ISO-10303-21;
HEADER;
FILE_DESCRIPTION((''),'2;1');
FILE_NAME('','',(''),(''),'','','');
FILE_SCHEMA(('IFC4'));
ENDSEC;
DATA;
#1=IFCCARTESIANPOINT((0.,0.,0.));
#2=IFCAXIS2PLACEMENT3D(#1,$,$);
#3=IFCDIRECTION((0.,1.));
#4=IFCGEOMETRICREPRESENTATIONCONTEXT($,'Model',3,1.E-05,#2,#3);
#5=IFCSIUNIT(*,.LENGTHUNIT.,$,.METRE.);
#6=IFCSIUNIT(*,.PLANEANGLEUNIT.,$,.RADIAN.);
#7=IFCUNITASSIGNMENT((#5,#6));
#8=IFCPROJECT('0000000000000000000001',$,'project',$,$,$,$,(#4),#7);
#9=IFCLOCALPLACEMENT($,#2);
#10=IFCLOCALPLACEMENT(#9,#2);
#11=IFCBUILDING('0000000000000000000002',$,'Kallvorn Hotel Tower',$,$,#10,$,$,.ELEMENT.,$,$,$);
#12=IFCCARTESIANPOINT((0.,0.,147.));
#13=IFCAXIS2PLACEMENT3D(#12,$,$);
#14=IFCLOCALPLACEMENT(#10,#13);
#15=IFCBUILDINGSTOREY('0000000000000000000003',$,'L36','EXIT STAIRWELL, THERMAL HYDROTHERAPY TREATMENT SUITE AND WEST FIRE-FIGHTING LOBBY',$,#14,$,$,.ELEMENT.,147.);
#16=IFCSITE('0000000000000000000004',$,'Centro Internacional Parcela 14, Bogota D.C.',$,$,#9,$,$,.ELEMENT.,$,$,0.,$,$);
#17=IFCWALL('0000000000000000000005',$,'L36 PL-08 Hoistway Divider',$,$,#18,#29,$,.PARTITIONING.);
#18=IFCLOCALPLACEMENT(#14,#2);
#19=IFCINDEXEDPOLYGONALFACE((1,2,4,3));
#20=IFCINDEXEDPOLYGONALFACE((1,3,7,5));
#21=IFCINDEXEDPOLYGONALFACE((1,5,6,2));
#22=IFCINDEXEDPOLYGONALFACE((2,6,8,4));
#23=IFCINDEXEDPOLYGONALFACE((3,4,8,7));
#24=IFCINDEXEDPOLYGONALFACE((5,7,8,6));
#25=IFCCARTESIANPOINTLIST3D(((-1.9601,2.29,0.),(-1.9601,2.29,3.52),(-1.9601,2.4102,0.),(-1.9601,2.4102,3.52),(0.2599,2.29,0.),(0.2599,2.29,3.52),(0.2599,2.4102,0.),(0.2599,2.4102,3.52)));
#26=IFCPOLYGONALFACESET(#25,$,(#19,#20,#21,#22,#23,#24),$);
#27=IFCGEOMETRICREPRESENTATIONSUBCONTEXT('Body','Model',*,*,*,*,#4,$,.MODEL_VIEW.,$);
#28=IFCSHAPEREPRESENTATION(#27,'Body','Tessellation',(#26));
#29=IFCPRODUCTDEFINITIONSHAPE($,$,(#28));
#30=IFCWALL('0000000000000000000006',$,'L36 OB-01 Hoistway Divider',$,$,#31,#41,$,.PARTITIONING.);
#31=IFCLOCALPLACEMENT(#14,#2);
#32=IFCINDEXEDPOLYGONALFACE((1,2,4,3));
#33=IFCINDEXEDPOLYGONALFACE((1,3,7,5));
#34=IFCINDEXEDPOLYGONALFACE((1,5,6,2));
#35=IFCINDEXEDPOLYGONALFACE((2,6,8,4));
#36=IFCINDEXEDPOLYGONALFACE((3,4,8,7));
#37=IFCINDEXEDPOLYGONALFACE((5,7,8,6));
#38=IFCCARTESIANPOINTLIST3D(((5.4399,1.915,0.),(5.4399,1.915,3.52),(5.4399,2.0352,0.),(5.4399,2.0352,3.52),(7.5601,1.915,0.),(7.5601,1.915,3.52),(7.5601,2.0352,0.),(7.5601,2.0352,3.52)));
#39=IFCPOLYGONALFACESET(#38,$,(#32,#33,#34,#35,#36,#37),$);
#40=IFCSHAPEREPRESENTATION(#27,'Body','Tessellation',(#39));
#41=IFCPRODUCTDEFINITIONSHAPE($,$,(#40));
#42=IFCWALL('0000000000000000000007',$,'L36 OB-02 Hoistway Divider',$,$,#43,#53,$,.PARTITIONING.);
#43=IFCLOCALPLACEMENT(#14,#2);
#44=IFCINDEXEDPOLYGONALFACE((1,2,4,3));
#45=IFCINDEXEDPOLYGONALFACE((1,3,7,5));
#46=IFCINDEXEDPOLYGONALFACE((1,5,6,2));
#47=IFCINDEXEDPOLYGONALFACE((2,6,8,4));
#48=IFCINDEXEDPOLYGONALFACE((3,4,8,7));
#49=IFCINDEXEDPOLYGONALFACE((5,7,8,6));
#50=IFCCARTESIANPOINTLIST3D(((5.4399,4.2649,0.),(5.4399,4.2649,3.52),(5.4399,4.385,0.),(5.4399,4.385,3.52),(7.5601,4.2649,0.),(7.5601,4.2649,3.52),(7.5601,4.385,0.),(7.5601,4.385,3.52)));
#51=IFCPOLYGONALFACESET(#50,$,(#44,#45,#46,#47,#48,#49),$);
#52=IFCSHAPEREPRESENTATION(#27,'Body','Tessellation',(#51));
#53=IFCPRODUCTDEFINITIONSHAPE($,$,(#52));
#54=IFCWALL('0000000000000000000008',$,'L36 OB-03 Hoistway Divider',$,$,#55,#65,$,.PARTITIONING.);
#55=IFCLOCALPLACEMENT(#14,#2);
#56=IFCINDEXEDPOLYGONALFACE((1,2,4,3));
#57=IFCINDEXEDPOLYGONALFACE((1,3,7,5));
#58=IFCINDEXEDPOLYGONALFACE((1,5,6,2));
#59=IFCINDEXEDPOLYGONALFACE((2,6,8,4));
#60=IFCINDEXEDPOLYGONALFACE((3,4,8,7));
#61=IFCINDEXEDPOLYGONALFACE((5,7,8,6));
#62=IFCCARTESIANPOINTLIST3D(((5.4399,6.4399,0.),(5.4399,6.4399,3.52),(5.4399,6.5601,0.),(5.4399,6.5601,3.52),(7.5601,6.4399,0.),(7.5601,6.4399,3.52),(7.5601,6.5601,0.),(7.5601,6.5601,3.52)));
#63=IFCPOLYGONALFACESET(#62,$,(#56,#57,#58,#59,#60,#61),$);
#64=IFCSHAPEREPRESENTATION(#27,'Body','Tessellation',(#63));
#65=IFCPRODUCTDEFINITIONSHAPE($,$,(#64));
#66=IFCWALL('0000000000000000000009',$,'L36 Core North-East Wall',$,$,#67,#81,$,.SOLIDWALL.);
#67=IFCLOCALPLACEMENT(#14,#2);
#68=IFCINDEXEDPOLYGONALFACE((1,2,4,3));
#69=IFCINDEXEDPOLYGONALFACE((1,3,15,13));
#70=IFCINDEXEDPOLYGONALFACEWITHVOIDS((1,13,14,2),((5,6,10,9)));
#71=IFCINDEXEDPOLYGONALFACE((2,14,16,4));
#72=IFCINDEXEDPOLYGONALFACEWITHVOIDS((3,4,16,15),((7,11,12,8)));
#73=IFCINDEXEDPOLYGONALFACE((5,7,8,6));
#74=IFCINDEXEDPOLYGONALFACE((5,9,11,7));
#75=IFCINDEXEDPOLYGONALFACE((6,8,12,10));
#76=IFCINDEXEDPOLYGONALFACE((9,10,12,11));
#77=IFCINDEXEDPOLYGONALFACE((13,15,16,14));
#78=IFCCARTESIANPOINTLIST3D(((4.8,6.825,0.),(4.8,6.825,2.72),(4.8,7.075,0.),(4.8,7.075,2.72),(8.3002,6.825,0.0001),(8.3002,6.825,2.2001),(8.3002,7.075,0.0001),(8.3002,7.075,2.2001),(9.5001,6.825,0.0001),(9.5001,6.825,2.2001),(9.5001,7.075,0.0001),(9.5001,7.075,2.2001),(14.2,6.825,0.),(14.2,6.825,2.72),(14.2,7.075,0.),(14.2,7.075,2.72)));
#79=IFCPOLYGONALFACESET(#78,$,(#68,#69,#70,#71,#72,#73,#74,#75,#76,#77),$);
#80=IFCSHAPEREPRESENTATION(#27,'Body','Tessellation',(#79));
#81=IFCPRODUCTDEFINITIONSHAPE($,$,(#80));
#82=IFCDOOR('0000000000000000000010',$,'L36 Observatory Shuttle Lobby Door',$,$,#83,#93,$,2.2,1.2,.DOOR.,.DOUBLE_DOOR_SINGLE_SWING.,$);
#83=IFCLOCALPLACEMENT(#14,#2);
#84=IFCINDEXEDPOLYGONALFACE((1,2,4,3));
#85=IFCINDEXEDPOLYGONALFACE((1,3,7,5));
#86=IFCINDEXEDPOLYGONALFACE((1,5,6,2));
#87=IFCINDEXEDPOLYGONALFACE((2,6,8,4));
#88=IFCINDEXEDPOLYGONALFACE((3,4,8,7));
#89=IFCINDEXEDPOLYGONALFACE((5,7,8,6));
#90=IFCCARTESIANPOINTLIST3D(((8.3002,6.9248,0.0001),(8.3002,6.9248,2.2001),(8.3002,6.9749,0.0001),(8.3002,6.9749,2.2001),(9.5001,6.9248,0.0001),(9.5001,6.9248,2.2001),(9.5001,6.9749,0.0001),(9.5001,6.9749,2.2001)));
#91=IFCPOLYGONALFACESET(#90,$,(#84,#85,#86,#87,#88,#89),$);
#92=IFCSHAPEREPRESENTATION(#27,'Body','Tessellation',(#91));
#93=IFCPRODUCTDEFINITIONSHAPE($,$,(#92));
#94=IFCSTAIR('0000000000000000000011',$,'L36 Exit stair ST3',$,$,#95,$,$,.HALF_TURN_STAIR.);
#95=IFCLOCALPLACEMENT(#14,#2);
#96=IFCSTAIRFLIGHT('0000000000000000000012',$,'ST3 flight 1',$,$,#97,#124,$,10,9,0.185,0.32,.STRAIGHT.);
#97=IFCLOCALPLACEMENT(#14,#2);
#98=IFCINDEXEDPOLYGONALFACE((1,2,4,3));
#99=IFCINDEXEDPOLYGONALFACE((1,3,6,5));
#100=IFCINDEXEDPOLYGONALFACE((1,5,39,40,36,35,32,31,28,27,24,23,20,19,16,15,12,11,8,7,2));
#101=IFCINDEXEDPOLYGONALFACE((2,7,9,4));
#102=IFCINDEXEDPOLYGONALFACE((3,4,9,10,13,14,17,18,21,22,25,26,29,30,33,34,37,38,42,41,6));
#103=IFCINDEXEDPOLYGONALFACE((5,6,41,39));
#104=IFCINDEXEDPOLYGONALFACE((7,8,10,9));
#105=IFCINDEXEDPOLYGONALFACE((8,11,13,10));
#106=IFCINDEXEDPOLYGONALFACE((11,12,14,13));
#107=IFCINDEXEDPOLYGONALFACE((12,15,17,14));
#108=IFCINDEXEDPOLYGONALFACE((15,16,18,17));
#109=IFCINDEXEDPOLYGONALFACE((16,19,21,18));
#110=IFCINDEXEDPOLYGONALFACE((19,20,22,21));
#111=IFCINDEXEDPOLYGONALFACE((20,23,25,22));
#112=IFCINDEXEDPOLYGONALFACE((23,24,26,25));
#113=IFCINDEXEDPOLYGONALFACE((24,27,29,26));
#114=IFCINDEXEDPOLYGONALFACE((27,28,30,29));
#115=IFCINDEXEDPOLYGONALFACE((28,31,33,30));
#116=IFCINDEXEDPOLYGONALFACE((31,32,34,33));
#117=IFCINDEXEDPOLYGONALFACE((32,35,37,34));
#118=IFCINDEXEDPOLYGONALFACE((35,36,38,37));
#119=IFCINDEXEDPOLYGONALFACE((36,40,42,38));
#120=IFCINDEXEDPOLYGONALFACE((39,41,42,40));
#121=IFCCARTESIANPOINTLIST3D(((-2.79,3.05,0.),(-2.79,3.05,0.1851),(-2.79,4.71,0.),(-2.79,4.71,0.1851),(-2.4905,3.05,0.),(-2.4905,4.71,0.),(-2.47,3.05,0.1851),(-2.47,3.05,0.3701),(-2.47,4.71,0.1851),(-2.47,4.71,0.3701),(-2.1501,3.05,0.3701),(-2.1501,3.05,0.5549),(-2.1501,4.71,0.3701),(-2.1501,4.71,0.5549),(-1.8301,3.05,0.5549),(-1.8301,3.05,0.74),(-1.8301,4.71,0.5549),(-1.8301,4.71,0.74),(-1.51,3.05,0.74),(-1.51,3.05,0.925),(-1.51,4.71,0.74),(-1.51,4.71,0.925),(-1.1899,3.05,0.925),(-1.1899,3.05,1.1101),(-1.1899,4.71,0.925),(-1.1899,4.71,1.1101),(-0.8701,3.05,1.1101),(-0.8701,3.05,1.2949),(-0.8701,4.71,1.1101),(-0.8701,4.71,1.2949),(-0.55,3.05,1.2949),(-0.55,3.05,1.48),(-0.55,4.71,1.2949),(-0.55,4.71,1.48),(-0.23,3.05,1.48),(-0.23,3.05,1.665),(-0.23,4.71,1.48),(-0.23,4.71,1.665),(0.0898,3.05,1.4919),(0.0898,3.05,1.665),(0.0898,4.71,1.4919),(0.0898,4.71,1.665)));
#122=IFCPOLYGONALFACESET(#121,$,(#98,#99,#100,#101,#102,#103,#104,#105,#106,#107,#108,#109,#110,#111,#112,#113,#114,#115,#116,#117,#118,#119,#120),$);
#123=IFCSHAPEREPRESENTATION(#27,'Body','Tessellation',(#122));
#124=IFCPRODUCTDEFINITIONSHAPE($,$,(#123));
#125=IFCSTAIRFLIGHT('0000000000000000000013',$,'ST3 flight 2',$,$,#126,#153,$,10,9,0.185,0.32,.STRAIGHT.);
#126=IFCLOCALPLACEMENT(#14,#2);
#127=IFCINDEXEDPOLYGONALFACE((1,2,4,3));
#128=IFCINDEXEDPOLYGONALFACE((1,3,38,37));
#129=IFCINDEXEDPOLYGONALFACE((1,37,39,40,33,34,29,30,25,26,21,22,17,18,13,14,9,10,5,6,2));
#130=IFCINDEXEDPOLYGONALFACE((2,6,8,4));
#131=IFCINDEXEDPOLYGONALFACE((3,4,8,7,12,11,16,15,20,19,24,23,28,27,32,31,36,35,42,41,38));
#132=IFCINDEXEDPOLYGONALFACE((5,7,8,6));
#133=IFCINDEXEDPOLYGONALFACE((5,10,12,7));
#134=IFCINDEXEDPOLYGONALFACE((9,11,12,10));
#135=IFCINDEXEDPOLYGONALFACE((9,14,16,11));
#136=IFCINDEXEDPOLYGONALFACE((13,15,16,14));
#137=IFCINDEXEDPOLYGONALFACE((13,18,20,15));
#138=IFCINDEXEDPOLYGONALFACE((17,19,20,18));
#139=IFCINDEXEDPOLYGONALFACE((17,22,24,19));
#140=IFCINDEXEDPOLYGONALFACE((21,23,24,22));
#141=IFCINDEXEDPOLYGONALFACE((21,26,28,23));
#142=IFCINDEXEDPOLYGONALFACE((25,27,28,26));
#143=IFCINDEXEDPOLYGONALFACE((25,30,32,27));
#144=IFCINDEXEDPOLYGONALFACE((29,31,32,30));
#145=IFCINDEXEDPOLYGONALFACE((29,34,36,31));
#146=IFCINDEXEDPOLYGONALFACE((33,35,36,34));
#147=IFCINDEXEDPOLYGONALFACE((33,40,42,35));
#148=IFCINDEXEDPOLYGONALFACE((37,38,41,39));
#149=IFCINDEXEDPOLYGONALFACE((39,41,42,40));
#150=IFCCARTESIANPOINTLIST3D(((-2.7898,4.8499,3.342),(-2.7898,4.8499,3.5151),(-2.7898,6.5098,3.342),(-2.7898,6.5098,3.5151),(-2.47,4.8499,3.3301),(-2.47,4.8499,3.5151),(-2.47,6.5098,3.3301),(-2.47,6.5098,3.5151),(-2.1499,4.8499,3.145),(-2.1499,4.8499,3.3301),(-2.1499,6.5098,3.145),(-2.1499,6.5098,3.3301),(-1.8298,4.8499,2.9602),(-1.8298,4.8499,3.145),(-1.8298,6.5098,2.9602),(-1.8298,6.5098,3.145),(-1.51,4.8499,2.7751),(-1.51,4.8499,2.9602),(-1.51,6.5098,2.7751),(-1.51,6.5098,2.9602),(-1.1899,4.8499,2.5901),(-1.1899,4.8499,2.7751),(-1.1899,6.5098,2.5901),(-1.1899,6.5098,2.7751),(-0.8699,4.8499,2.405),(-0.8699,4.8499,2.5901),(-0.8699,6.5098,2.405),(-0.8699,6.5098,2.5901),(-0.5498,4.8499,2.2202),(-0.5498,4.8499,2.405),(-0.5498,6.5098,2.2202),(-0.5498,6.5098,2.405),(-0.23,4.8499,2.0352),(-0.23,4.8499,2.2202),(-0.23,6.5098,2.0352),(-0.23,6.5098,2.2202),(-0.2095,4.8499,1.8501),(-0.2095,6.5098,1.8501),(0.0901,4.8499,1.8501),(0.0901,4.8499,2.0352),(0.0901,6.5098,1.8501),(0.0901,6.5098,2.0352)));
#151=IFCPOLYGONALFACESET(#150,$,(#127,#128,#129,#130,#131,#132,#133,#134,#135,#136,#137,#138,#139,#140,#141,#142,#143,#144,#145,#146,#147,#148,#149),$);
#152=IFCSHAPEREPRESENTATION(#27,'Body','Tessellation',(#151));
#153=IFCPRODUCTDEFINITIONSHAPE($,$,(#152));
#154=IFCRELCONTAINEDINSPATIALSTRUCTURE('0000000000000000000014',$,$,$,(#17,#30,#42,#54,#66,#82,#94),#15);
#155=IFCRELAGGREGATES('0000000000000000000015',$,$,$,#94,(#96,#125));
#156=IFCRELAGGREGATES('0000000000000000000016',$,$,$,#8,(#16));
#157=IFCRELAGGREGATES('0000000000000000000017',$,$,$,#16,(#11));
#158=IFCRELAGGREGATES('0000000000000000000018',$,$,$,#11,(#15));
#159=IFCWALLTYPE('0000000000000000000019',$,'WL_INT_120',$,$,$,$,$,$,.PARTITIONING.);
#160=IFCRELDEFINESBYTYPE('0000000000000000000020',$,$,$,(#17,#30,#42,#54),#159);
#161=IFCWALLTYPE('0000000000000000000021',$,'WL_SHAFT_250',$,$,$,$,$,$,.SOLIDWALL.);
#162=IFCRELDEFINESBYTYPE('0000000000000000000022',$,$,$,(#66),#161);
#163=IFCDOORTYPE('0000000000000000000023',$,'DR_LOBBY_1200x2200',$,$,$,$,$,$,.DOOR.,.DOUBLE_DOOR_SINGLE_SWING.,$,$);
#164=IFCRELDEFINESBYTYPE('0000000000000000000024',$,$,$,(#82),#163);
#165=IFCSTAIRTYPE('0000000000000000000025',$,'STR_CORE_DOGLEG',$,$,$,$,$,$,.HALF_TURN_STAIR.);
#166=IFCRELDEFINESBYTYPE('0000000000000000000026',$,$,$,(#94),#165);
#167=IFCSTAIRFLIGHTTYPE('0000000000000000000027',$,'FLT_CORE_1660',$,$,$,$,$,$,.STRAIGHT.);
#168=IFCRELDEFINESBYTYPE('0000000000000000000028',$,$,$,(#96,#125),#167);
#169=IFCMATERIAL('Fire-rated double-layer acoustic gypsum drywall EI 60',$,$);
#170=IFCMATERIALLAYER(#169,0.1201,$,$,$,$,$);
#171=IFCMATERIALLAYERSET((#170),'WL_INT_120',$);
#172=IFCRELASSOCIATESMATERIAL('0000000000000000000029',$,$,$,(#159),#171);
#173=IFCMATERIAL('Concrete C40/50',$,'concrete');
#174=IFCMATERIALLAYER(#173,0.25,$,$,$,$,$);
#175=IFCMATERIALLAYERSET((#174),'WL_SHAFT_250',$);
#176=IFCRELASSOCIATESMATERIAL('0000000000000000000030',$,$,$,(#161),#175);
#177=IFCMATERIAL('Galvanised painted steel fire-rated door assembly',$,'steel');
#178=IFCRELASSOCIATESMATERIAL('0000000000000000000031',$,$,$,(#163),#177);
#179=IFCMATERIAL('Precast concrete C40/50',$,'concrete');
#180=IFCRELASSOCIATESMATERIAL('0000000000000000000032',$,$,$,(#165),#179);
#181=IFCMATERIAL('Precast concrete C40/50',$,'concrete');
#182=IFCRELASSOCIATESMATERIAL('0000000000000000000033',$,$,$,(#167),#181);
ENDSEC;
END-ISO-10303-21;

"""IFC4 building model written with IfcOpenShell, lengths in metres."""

from ifc_helpers import new_model, si_unit, direction, frame, frame_2d, origin, place, context, subcontext, project, spatial, polyline, rectangle, outline, extrude, material, layer, layer_set, type_object, element, fill, aggregate, save


model = new_model("IFC4")

# Units and contexts
model_context = context("Model", 3, precision=1e-05, world=origin(), true_north=direction((0.0, 1.0)))
body_context = subcontext(model_context, "Body", "Model", "MODEL_VIEW")
ifc_project = project(units=[si_unit("LENGTHUNIT", "METRE"), si_unit("PLANEANGLEUNIT", "RADIAN")], contexts=[model_context])

# Site, building, storey
site_placement = place(None, origin())
site = spatial("IfcSite", under=ifc_project, at=site_placement, Name="Centro Internacional Parcela 14, Bogota D.C.", CompositionType="ELEMENT", RefElevation=0.0)
building_placement = place(site_placement, origin())
building = spatial("IfcBuilding", under=site, at=building_placement, Name="Kallvorn Hotel Tower", CompositionType="ELEMENT")
storey_placement = place(building_placement, frame((0.0, 0.0, 147.0)))
storey = spatial("IfcBuildingStorey", under=building, at=storey_placement, Name="L36", Description="EXIT STAIRWELL, THERMAL HYDROTHERAPY TREATMENT SUITE AND WEST FIRE-FIGHTING LOBBY", CompositionType="ELEMENT", Elevation=147.0)

# Walls
ifc_material_1 = material(Name="Fire-rated double-layer acoustic gypsum drywall EI 60")
ifc_layer_1 = layer(ifc_material_1, 0.1201)
ifc_layer_set_1 = layer_set([ifc_layer_1], Name="WL_INT_120")
wall_type_1 = type_object("IfcWallType", Name="WL_INT_120", PredefinedType="PARTITIONING", material=ifc_layer_set_1)
for number, where, z_axis, x_axis, name in (
    (1, (-1.96, 2.3501, 0.0), (0.0, 0.0, 1.0), (1.0, 0.0, 0.0), "L36 PL-08 Hoistway Divider"),
):
    element("IfcWall", number, at=place(storey_placement, frame(where, z_axis=z_axis, x_axis=x_axis)), inside=storey, type_object=wall_type_1, Name=name, PredefinedType="PARTITIONING", context=body_context, shape_type="SweptSolid", body=[
        extrude(rectangle(XDim=2.22, YDim=0.1201, at=frame_2d((1.1099, 0.0))), origin(), (0.0, 0.0, 1.0), 3.52),
    ])
for number, where, z_axis, x_axis, name in (
    (2, (5.4399, 1.9751, 0.0), (0.0, 0.0, 1.0), (1.0, 0.0, 0.0), "L36 OB-01 Hoistway Divider"),
    (3, (5.4399, 4.325, 0.0), (0.0, 0.0, 1.0), (1.0, 0.0, 0.0), "L36 OB-02 Hoistway Divider"),
    (4, (5.4399, 6.5, 0.0), (0.0, 0.0, 1.0), (1.0, 0.0, 0.0), "L36 OB-03 Hoistway Divider"),
):
    element("IfcWall", number, at=place(storey_placement, frame(where, z_axis=z_axis, x_axis=x_axis)), inside=storey, type_object=wall_type_1, Name=name, PredefinedType="PARTITIONING", context=body_context, shape_type="SweptSolid", body=[
        extrude(rectangle(XDim=2.1201, YDim=0.1201, at=frame_2d((1.0601, 0.0))), origin(), (0.0, 0.0, 1.0), 3.52),
    ])

# Wall, opening, door
ifc_material_2 = material(Name="Concrete C40/50", Category="concrete")
ifc_layer_2 = layer(ifc_material_2, 0.25)
ifc_layer_set_2 = layer_set([ifc_layer_2], Name="WL_SHAFT_250")
wall_type_2 = type_object("IfcWallType", Name="WL_SHAFT_250", PredefinedType="SOLIDWALL", material=ifc_layer_set_2)
wall_1_placement = place(storey_placement, frame((4.8, 6.95, 0.0), z_axis=(0.0, 0.0, 1.0), x_axis=(1.0, 0.0, 0.0)))
wall_1 = element("IfcWall", 5, at=wall_1_placement, inside=storey, type_object=wall_type_2, Name="L36 Core North-East Wall", PredefinedType="SOLIDWALL", context=body_context, shape_type="SweptSolid", body=[
    extrude(rectangle(XDim=9.3999, YDim=0.25, at=frame_2d((4.7, 0.0))), origin(), (0.0, 0.0, 1.0), 2.72),
])
opening_placement = place(wall_1_placement, frame((3.5, 0.0, 0.0)))
opening = element("IfcOpeningElement", 6, at=opening_placement, cuts=wall_1, PredefinedType="OPENING", context=body_context, shape_type="SweptSolid", body=[
    extrude(rectangle(XDim=1.2, YDim=2.2, at=frame_2d((0.6001, 1.1001))), frame((0.0, 0.1399, 0.0), z_axis=(0.0, -1.0, 0.0), x_axis=(1.0, 0.0, 0.0)), (0.0, 0.0, 1.0), 0.28),
])
ifc_material_3 = material(Name="Galvanised painted steel fire-rated door assembly", Category="steel")
door_type = type_object("IfcDoorType", Name="DR_LOBBY_1200x2200", OperationType="DOUBLE_DOOR_SINGLE_SWING", PredefinedType="DOOR", material=ifc_material_3)
door_placement = place(opening_placement, origin())
door = element("IfcDoor", 7, at=door_placement, inside=storey, type_object=door_type, Name="L36 Observatory Shuttle Lobby Door", OperationType="DOUBLE_DOOR_SINGLE_SWING", OverallHeight=2.2, OverallWidth=1.2, PredefinedType="DOOR", context=body_context, shape_type="SweptSolid", body=[
    extrude(rectangle(XDim=1.2, YDim=2.2, at=frame_2d((0.6001, 1.1001))), frame((0.0, 0.0249, 0.0), z_axis=(0.0, -1.0, 0.0), x_axis=(1.0, 0.0, 0.0)), (0.0, 0.0, 1.0), 0.05),
])
fill(opening, door)

# Stair, stair flights
ifc_material_4 = material(Name="Precast concrete C40/50", Category="concrete")
stair_type = type_object("IfcStairType", Name="STR_CORE_DOGLEG", PredefinedType="HALF_TURN_STAIR", material=ifc_material_4)
stair_placement = place(storey_placement, origin())
stair = element("IfcStair", 8, at=stair_placement, inside=storey, type_object=stair_type, Name="L36 Exit stair ST3", PredefinedType="HALF_TURN_STAIR")
ifc_material_5 = material(Name="Precast concrete C40/50", Category="concrete")
stair_flight_type = type_object("IfcStairFlightType", Name="FLT_CORE_1660", PredefinedType="STRAIGHT", material=ifc_material_5)
stair_flight_1_placement = place(storey_placement, frame((-2.79, 3.8799, 0.0), z_axis=(0.0, 0.0, 1.0), x_axis=(1.0, 0.0, 0.0)))
stair_flight_1 = element("IfcStairFlight", 9, at=stair_flight_1_placement, type_object=stair_flight_type, Name="ST3 flight 1", NumberOfRisers=10, NumberOfTreads=9, PredefinedType="STRAIGHT", RiserHeight=0.185, TreadLength=0.32, context=body_context, shape_type="SweptSolid", body=[
    extrude(outline(polyline([(0.0, 0.0), (0.0, 0.1851), (0.3201, 0.1851), (0.3201, 0.3701), (0.6399, 0.3701), (0.6399, 0.5549), (0.96, 0.5549), (0.96, 0.74), (1.28, 0.74), (1.28, 0.925), (1.6001, 0.925), (1.6001, 1.1101), (1.9199, 1.1101), (1.9199, 1.2949), (2.24, 1.2949), (2.24, 1.48), (2.5601, 1.48), (2.5601, 1.665), (2.8799, 1.665), (2.8799, 1.8501), (2.8799, 1.4919), (0.2996, 0.0), (0.0, 0.0)])), frame((0.0, 0.8301, 0.0), z_axis=(0.0, -1.0, 0.0), x_axis=(1.0, 0.0, 0.0)), (0.0, 0.0, 1.0), 1.6599),
])
stair_flight_2_placement = place(storey_placement, frame((0.0901, 5.6799, 1.8501), z_axis=(0.0, 0.0, 1.0), x_axis=(-1.0, 0.0, 0.0)))
stair_flight_2 = element("IfcStairFlight", 10, at=stair_flight_2_placement, type_object=stair_flight_type, Name="ST3 flight 2", NumberOfRisers=10, NumberOfTreads=9, PredefinedType="STRAIGHT", RiserHeight=0.185, TreadLength=0.32, context=body_context, shape_type="SweptSolid", body=[
    extrude(outline(polyline([(0.0, 0.0), (0.0, 0.1851), (0.3201, 0.1851), (0.3201, 0.3701), (0.6399, 0.3701), (0.6399, 0.5549), (0.96, 0.5549), (0.96, 0.74), (1.28, 0.74), (1.28, 0.925), (1.6001, 0.925), (1.6001, 1.1101), (1.9199, 1.1101), (1.9199, 1.2949), (2.24, 1.2949), (2.24, 1.48), (2.5601, 1.48), (2.5601, 1.665), (2.8799, 1.665), (2.8799, 1.8501), (2.8799, 1.4919), (0.2996, 0.0), (0.0, 0.0)])), frame((0.0, 0.8301, 0.0), z_axis=(0.0, -1.0, 0.0), x_axis=(1.0, 0.0, 0.0)), (0.0, 0.0, 1.0), 1.6599),
])
aggregate(stair, [stair_flight_1, stair_flight_2])

save(model, "model.ifc")
